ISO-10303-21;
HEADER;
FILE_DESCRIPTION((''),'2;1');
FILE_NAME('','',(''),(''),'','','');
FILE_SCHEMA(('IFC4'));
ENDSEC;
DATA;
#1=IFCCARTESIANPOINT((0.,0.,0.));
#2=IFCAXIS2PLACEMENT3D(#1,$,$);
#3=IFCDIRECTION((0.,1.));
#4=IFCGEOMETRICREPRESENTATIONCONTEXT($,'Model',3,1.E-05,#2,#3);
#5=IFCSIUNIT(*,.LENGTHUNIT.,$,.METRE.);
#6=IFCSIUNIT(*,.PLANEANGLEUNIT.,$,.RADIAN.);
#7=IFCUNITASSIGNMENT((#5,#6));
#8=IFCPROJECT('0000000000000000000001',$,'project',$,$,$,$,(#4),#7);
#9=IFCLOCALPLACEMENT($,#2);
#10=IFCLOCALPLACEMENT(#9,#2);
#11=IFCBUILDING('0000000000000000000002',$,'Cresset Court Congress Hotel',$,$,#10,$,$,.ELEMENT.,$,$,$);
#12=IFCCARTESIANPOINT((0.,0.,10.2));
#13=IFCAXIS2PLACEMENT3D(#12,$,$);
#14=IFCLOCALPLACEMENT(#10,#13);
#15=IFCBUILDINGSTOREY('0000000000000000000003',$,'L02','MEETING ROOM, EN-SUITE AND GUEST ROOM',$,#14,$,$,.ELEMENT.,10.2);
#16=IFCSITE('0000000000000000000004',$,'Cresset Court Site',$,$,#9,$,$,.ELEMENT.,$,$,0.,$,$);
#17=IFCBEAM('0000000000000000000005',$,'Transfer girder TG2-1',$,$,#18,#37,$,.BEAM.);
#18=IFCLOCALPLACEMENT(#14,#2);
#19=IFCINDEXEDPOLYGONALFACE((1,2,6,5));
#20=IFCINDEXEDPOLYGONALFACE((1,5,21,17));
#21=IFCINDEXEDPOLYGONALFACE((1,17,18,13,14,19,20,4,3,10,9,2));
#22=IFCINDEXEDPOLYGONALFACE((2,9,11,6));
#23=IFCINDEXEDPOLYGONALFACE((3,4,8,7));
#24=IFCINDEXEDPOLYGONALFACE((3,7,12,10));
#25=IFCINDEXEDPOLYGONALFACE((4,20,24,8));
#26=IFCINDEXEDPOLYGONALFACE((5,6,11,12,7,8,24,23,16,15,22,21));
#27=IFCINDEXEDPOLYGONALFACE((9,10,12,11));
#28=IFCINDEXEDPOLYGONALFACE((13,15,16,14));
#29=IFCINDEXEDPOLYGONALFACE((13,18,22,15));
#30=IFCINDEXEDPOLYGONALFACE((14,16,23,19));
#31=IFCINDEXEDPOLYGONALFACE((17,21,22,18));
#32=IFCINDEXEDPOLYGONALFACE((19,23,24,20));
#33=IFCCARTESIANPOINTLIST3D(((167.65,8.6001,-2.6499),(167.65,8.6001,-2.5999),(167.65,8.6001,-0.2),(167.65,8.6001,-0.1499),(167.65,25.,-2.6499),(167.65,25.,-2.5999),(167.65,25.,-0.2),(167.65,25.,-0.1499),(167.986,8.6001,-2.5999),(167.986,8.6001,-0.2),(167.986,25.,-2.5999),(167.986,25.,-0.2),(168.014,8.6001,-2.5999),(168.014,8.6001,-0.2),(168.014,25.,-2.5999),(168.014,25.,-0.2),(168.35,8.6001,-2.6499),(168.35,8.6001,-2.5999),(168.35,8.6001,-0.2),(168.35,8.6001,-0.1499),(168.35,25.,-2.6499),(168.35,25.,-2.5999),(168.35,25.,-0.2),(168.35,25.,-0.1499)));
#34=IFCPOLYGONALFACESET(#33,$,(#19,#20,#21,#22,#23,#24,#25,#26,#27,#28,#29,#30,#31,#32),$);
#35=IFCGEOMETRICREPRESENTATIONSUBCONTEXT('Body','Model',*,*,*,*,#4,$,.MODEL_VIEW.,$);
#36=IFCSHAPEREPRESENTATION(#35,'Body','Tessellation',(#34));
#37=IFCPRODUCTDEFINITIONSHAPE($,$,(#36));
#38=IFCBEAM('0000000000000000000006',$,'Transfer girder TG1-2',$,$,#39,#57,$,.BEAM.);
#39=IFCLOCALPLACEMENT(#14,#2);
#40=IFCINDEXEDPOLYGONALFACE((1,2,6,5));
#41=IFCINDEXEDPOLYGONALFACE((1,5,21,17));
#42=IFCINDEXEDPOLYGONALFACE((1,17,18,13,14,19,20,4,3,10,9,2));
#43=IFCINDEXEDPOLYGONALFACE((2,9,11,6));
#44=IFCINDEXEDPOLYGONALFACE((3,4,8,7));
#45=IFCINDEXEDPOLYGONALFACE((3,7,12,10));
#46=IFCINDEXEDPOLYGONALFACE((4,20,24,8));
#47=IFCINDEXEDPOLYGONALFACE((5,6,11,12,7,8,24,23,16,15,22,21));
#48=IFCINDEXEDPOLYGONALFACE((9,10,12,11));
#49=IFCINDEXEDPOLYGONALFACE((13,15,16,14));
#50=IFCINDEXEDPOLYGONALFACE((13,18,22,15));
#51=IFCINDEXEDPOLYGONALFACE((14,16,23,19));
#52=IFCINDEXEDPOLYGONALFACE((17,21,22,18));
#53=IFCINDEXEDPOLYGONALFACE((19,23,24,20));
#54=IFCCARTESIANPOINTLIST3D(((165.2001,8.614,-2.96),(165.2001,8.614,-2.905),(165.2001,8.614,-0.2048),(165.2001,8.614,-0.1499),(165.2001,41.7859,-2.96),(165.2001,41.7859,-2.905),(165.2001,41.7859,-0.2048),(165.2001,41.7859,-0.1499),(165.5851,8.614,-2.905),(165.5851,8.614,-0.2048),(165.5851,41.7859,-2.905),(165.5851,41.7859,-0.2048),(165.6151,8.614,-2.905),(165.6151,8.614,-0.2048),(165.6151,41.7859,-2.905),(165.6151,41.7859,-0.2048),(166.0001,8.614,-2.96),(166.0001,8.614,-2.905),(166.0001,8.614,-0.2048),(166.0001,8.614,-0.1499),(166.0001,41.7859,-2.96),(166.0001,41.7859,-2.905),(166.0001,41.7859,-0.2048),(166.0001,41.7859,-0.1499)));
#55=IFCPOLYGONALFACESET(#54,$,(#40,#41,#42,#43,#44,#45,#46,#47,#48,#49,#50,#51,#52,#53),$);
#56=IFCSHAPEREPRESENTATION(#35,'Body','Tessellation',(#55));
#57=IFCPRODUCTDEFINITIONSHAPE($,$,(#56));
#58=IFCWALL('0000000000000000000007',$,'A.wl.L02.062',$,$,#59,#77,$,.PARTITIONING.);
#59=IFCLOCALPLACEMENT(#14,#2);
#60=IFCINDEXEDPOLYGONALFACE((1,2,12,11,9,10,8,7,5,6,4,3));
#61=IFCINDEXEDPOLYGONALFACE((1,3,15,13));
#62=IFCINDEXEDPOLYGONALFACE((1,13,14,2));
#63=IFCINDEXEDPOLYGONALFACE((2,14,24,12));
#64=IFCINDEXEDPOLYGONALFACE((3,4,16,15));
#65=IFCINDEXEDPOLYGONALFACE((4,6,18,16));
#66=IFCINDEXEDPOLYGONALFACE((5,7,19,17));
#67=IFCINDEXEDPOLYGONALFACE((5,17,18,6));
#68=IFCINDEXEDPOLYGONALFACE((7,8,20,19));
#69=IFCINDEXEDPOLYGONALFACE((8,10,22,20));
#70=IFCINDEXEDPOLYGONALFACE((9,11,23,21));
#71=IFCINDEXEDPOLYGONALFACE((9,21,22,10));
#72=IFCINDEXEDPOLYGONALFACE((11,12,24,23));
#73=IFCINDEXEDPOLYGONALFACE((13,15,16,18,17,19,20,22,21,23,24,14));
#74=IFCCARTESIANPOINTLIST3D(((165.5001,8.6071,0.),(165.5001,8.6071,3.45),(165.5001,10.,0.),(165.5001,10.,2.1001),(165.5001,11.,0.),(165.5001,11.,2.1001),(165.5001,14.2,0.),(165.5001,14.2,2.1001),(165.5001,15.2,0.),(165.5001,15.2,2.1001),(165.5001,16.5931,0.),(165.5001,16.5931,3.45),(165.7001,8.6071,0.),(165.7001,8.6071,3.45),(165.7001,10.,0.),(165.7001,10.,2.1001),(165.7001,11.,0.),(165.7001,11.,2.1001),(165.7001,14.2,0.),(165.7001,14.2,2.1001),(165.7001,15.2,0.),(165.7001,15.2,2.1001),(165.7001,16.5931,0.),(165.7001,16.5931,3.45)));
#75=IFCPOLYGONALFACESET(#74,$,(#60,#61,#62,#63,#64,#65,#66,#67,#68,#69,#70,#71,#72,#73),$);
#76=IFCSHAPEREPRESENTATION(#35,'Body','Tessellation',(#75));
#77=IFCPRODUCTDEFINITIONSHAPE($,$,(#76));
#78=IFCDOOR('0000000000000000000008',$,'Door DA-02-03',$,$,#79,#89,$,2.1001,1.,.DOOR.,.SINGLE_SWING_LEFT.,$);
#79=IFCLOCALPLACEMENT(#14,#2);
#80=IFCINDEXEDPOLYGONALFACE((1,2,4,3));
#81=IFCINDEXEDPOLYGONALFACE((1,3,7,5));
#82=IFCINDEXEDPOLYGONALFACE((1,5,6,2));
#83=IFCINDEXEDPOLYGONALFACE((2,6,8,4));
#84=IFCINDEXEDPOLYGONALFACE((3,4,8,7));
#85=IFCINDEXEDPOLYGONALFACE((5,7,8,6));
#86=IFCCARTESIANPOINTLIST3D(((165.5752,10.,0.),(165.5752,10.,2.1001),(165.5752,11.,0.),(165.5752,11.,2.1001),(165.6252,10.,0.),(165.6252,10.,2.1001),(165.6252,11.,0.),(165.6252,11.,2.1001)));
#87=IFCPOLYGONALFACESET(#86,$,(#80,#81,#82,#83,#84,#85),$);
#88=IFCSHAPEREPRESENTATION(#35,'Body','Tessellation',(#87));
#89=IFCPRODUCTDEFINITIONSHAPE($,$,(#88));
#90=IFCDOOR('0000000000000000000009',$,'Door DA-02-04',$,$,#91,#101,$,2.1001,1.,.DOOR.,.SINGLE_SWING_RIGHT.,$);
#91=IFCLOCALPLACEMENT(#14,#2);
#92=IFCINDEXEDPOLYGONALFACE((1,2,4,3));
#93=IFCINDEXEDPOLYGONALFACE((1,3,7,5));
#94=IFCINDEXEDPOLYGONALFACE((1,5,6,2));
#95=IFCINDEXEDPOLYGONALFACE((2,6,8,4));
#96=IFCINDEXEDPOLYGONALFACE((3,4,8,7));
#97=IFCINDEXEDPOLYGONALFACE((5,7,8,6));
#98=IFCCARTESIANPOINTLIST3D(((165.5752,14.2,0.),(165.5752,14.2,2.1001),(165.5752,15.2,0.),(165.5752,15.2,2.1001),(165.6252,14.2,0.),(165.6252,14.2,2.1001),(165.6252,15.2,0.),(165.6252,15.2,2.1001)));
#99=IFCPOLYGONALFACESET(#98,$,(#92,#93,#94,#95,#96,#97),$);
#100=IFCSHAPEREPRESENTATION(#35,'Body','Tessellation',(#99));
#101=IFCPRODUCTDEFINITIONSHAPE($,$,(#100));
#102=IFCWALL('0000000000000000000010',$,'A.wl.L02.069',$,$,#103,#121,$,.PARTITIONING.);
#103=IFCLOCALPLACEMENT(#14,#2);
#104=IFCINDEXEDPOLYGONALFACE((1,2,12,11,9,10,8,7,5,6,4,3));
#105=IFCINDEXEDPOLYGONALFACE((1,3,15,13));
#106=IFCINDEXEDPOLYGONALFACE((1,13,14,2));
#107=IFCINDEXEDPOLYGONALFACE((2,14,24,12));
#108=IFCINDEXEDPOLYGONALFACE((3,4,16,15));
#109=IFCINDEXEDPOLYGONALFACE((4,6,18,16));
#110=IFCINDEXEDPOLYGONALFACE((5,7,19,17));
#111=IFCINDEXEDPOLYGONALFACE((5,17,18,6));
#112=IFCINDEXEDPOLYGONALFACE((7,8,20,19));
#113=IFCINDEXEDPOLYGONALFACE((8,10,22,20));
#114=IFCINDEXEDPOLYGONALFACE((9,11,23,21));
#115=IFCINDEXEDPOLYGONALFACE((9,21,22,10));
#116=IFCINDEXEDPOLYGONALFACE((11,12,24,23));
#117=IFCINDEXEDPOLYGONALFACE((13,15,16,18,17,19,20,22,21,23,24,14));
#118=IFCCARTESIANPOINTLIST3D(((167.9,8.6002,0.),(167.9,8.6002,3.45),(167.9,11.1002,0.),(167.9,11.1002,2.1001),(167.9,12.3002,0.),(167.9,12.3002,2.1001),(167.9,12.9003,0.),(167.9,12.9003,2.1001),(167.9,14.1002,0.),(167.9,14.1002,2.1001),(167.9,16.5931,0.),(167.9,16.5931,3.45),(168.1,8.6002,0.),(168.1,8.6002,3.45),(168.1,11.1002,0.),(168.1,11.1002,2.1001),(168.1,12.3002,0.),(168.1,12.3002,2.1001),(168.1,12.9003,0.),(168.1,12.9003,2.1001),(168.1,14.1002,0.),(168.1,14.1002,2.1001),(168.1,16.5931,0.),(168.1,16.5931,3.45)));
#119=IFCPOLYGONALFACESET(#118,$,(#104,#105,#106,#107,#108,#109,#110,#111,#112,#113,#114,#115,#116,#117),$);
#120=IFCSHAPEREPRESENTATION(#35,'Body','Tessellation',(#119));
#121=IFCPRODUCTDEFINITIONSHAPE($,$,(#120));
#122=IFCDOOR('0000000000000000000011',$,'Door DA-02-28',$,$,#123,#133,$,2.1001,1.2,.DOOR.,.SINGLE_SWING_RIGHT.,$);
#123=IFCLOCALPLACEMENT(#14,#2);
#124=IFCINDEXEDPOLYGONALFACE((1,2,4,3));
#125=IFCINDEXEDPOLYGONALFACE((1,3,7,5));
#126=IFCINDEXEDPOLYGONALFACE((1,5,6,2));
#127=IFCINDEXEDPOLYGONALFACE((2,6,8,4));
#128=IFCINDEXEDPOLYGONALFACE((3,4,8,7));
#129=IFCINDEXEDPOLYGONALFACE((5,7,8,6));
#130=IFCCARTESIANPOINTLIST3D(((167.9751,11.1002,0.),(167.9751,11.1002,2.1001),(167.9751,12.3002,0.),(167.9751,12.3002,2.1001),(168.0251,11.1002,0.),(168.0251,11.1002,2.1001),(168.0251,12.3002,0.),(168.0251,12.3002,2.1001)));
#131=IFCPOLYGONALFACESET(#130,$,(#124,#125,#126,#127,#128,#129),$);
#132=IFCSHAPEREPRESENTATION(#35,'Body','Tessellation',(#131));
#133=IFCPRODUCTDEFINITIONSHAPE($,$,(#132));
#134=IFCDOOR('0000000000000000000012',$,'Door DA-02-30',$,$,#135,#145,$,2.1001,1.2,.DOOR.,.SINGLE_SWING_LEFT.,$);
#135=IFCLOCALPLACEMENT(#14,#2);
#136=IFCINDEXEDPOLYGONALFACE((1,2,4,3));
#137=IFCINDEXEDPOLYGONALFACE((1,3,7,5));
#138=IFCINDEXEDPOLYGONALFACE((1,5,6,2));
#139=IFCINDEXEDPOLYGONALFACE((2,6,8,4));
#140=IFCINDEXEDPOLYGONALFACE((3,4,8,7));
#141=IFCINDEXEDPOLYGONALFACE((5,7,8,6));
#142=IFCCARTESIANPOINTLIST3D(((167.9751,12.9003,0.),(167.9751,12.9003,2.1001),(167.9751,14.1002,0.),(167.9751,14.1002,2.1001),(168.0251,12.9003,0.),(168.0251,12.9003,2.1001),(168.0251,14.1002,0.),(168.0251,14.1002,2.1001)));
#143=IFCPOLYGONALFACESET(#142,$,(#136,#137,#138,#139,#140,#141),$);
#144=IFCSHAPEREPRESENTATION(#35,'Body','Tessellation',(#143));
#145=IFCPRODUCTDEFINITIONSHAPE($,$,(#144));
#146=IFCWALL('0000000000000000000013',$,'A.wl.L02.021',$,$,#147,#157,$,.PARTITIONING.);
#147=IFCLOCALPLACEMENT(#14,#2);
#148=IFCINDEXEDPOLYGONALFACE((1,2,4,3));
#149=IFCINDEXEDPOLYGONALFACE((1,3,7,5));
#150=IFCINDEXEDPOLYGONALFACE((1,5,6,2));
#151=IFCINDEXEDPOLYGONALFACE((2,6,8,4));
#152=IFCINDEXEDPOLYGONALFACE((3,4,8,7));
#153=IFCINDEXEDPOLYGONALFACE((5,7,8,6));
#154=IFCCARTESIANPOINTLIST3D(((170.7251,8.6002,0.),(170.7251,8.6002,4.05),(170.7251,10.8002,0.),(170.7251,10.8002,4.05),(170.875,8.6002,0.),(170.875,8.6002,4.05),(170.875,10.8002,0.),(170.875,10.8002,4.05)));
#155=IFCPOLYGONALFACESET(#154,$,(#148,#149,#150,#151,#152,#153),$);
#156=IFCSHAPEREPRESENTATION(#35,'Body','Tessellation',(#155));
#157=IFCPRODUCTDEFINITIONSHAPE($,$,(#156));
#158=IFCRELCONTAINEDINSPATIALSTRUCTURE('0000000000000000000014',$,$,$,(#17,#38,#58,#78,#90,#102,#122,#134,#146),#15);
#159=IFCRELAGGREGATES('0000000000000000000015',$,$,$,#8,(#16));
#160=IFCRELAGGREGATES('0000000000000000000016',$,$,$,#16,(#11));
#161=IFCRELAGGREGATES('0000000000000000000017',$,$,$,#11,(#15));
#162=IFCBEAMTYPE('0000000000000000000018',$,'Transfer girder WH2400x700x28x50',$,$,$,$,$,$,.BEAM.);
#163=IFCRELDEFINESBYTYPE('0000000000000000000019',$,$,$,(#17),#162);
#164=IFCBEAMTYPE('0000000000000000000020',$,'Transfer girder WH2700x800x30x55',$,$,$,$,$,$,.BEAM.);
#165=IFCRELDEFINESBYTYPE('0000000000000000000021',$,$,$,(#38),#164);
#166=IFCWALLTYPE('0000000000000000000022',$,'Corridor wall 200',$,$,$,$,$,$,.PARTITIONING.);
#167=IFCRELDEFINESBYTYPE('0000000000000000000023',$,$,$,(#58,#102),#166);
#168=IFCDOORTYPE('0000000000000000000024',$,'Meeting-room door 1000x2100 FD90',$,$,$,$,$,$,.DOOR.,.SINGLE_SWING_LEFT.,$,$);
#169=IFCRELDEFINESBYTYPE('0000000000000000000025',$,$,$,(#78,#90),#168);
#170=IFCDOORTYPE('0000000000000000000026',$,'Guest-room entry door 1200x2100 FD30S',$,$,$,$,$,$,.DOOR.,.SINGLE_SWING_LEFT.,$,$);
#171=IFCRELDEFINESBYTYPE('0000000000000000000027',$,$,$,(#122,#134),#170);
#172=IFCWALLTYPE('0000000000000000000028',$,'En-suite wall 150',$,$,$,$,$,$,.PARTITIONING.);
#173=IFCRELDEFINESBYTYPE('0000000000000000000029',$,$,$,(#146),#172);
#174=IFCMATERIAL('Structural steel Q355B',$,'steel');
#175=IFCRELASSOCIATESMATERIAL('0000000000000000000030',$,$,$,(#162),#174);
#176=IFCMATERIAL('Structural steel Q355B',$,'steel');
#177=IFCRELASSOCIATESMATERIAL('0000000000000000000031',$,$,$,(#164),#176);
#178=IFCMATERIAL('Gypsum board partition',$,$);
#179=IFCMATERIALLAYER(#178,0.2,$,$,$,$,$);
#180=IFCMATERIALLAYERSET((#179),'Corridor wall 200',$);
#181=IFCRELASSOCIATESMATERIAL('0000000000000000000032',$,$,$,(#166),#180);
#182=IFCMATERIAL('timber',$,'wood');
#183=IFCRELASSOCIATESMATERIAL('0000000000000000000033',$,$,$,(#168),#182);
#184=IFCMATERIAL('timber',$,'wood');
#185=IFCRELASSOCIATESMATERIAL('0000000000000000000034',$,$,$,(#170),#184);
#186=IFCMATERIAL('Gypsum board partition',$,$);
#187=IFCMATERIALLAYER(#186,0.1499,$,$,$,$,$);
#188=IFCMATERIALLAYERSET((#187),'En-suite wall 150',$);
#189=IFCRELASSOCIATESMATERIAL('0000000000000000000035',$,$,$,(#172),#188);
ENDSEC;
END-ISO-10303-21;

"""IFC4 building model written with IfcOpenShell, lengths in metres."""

from ifc_helpers import new_model, si_unit, direction, frame, frame_2d, origin, origin_2d, place, context, subcontext, project, spatial, rectangle, i_section, extrude, material, layer, layer_set, material_profile, profile_set, type_object, element, fill, save


model = new_model("IFC4")

# Units and contexts
model_context = context("Model", 3, precision=1e-05, world=origin(), true_north=direction((0.0, 1.0)))
body_context = subcontext(model_context, "Body", "Model", "MODEL_VIEW")
ifc_project = project(units=[si_unit("LENGTHUNIT", "METRE"), si_unit("PLANEANGLEUNIT", "RADIAN")], contexts=[model_context])

# Site, building, storey
site_placement = place(None, origin())
site = spatial("IfcSite", under=ifc_project, at=site_placement, Name="Cresset Court Site", CompositionType="ELEMENT", RefElevation=0.0)
building_placement = place(site_placement, origin())
building = spatial("IfcBuilding", under=site, at=building_placement, Name="Cresset Court Congress Hotel", CompositionType="ELEMENT")
storey_placement = place(building_placement, frame((0.0, 0.0, 10.2)))
storey = spatial("IfcBuildingStorey", under=building, at=storey_placement, Name="L02", Description="MEETING ROOM, EN-SUITE AND GUEST ROOM", CompositionType="ELEMENT", Elevation=10.2)

# Beams
ifc_material_1 = material(Name="Structural steel Q355B", Category="steel")
ifc_material_profile_1 = material_profile(ifc_material_1, i_section(OverallWidth=0.7, OverallDepth=2.5, WebThickness=0.0281, FlangeThickness=0.05, at=origin_2d()), Name="WH2400x700x28x50")
ifc_profile_set_1 = profile_set([ifc_material_profile_1], Name="Structural steel Q355B")
beam_type_1 = type_object("IfcBeamType", Name="Transfer girder WH2400x700x28x50", PredefinedType="BEAM", material=ifc_profile_set_1)
beam_1_placement = place(storey_placement, frame((168.0, 8.6001, -1.3999), z_axis=(0.0, 1.0, 0.0), x_axis=(-1.0, 0.0, 0.0)))
element("IfcBeam", 1, at=beam_1_placement, inside=storey, type_object=beam_type_1, Name="Transfer girder TG2-1", PredefinedType="BEAM", context=body_context, shape_type="SweptSolid", body=[
    extrude(i_section(OverallWidth=0.7, OverallDepth=2.5, WebThickness=0.0281, FlangeThickness=0.05, at=origin_2d()), origin(), (0.0, 0.0, 1.0), 16.3999),
])
ifc_material_2 = material(Name="Structural steel Q355B", Category="steel")
ifc_material_profile_2 = material_profile(ifc_material_2, i_section(OverallWidth=0.8, OverallDepth=2.8101, WebThickness=0.03, FlangeThickness=0.0549, at=origin_2d()), Name="WH2700x800x30x55")
ifc_profile_set_2 = profile_set([ifc_material_profile_2], Name="Structural steel Q355B")
beam_type_2 = type_object("IfcBeamType", Name="Transfer girder WH2700x800x30x55", PredefinedType="BEAM", material=ifc_profile_set_2)
beam_2_placement = place(storey_placement, frame((165.6001, 8.614, -1.5549), z_axis=(0.0, 1.0, 0.0), x_axis=(-1.0, 0.0, 0.0)))
element("IfcBeam", 2, at=beam_2_placement, inside=storey, type_object=beam_type_2, Name="Transfer girder TG1-2", PredefinedType="BEAM", context=body_context, shape_type="SweptSolid", body=[
    extrude(i_section(OverallWidth=0.8, OverallDepth=2.8101, WebThickness=0.03, FlangeThickness=0.0549, at=origin_2d()), origin(), (0.0, 0.0, 1.0), 33.1719),
])

# Walls, openings, doors
ifc_material_3 = material(Name="Gypsum board partition")
ifc_layer_1 = layer(ifc_material_3, 0.2)
ifc_layer_set_1 = layer_set([ifc_layer_1], Name="Corridor wall 200")
wall_type_1 = type_object("IfcWallType", Name="Corridor wall 200", PredefinedType="PARTITIONING", material=ifc_layer_set_1)
wall_1_placement = place(storey_placement, frame((165.6001, 8.6069, 0.0), z_axis=(0.0, 0.0, 1.0), x_axis=(0.0, 1.0, 0.0)))
wall_1 = element("IfcWall", 3, at=wall_1_placement, inside=storey, type_object=wall_type_1, Name="A.wl.L02.062", PredefinedType="PARTITIONING", context=body_context, shape_type="SweptSolid", body=[
    extrude(rectangle(XDim=7.9861, YDim=0.2, at=frame_2d((3.9932, 0.0))), origin(), (0.0, 0.0, 1.0), 3.45),
])
opening_1_placement = place(wall_1_placement, frame((1.3931, 0.0, 0.0)))
opening_1 = element("IfcOpeningElement", 4, at=opening_1_placement, cuts=wall_1, PredefinedType="OPENING", context=body_context, shape_type="SweptSolid", body=[
    extrude(rectangle(XDim=1.0, YDim=2.1001, at=frame_2d((0.5, 1.05))), frame((0.0, 0.1099, 0.0), z_axis=(0.0, -1.0, 0.0), x_axis=(1.0, 0.0, 0.0)), (0.0, 0.0, 1.0), 0.22),
])
opening_2_placement = place(wall_1_placement, frame((5.593, 0.0, 0.0)))
opening_2 = element("IfcOpeningElement", 5, at=opening_2_placement, cuts=wall_1, PredefinedType="OPENING", context=body_context, shape_type="SweptSolid", body=[
    extrude(rectangle(XDim=1.0, YDim=2.1001, at=frame_2d((0.5, 1.05))), frame((0.0, 0.1099, 0.0), z_axis=(0.0, -1.0, 0.0), x_axis=(1.0, 0.0, 0.0)), (0.0, 0.0, 1.0), 0.22),
])
ifc_material_4 = material(Name="timber", Category="wood")
door_type_1 = type_object("IfcDoorType", Name="Meeting-room door 1000x2100 FD90", OperationType="SINGLE_SWING_LEFT", PredefinedType="DOOR", material=ifc_material_4)
door_1_placement = place(opening_1_placement, origin())
door_1 = element("IfcDoor", 6, at=door_1_placement, inside=storey, type_object=door_type_1, Name="Door DA-02-03", OperationType="SINGLE_SWING_LEFT", OverallHeight=2.1001, OverallWidth=1.0, PredefinedType="DOOR", context=body_context, shape_type="SweptSolid", body=[
    extrude(rectangle(XDim=1.0, YDim=2.1001, at=frame_2d((0.5, 1.05))), frame((0.0, 0.0249, 0.0), z_axis=(0.0, -1.0, 0.0), x_axis=(1.0, 0.0, 0.0)), (0.0, 0.0, 1.0), 0.05),
])
fill(opening_1, door_1)
door_2_placement = place(opening_2_placement, origin())
door_2 = element("IfcDoor", 7, at=door_2_placement, inside=storey, type_object=door_type_1, Name="Door DA-02-04", OperationType="SINGLE_SWING_RIGHT", OverallHeight=2.1001, OverallWidth=1.0, PredefinedType="DOOR", context=body_context, shape_type="SweptSolid", body=[
    extrude(rectangle(XDim=1.0, YDim=2.1001, at=frame_2d((0.5, 1.05))), frame((0.0, 0.0249, 0.0), z_axis=(0.0, -1.0, 0.0), x_axis=(1.0, 0.0, 0.0)), (0.0, 0.0, 1.0), 0.05),
])
fill(opening_2, door_2)
wall_2_placement = place(storey_placement, frame((168.0, 8.6001, 0.0), z_axis=(0.0, 0.0, 1.0), x_axis=(0.0, 1.0, 0.0)))
wall_2 = element("IfcWall", 8, at=wall_2_placement, inside=storey, type_object=wall_type_1, Name="A.wl.L02.069", PredefinedType="PARTITIONING", context=body_context, shape_type="SweptSolid", body=[
    extrude(rectangle(XDim=7.9929, YDim=0.2, at=frame_2d((3.9966, 0.0))), origin(), (0.0, 0.0, 1.0), 3.45),
])
opening_3_placement = place(wall_2_placement, frame((2.5, 0.0, 0.0)))
opening_3 = element("IfcOpeningElement", 9, at=opening_3_placement, cuts=wall_2, PredefinedType="OPENING", context=body_context, shape_type="SweptSolid", body=[
    extrude(rectangle(XDim=1.2, YDim=2.1001, at=frame_2d((0.6001, 1.05))), frame((0.0, 0.1099, 0.0), z_axis=(0.0, -1.0, 0.0), x_axis=(1.0, 0.0, 0.0)), (0.0, 0.0, 1.0), 0.22),
])
opening_4_placement = place(wall_2_placement, frame((4.3, 0.0, 0.0)))
opening_4 = element("IfcOpeningElement", 10, at=opening_4_placement, cuts=wall_2, PredefinedType="OPENING", context=body_context, shape_type="SweptSolid", body=[
    extrude(rectangle(XDim=1.2, YDim=2.1001, at=frame_2d((0.6001, 1.05))), frame((0.0, 0.1099, 0.0), z_axis=(0.0, -1.0, 0.0), x_axis=(1.0, 0.0, 0.0)), (0.0, 0.0, 1.0), 0.22),
])
ifc_material_5 = material(Name="timber", Category="wood")
door_type_2 = type_object("IfcDoorType", Name="Guest-room entry door 1200x2100 FD30S", OperationType="SINGLE_SWING_LEFT", PredefinedType="DOOR", material=ifc_material_5)
door_3_placement = place(opening_3_placement, origin())
door_3 = element("IfcDoor", 11, at=door_3_placement, inside=storey, type_object=door_type_2, Name="Door DA-02-28", OperationType="SINGLE_SWING_RIGHT", OverallHeight=2.1001, OverallWidth=1.2, PredefinedType="DOOR", context=body_context, shape_type="SweptSolid", body=[
    extrude(rectangle(XDim=1.2, YDim=2.1001, at=frame_2d((0.6001, 1.05))), frame((0.0, 0.0249, 0.0), z_axis=(0.0, -1.0, 0.0), x_axis=(1.0, 0.0, 0.0)), (0.0, 0.0, 1.0), 0.05),
])
fill(opening_3, door_3)
door_4_placement = place(opening_4_placement, origin())
door_4 = element("IfcDoor", 12, at=door_4_placement, inside=storey, type_object=door_type_2, Name="Door DA-02-30", OperationType="SINGLE_SWING_LEFT", OverallHeight=2.1001, OverallWidth=1.2, PredefinedType="DOOR", context=body_context, shape_type="SweptSolid", body=[
    extrude(rectangle(XDim=1.2, YDim=2.1001, at=frame_2d((0.6001, 1.05))), frame((0.0, 0.0249, 0.0), z_axis=(0.0, -1.0, 0.0), x_axis=(1.0, 0.0, 0.0)), (0.0, 0.0, 1.0), 0.05),
])
fill(opening_4, door_4)

# Wall
ifc_material_6 = material(Name="Gypsum board partition")
ifc_layer_2 = layer(ifc_material_6, 0.1499)
ifc_layer_set_2 = layer_set([ifc_layer_2], Name="En-suite wall 150")
wall_type_2 = type_object("IfcWallType", Name="En-suite wall 150", PredefinedType="PARTITIONING", material=ifc_layer_set_2)
wall_3_placement = place(storey_placement, frame((170.8, 8.6001, 0.0), z_axis=(0.0, 0.0, 1.0), x_axis=(0.0, 1.0, 0.0)))
element("IfcWall", 13, at=wall_3_placement, inside=storey, type_object=wall_type_2, Name="A.wl.L02.021", PredefinedType="PARTITIONING", context=body_context, shape_type="SweptSolid", body=[
    extrude(rectangle(XDim=2.2, YDim=0.1499, at=frame_2d((1.1001, 0.0))), origin(), (0.0, 0.0, 1.0), 4.05),
])

save(model, "model.ifc")
